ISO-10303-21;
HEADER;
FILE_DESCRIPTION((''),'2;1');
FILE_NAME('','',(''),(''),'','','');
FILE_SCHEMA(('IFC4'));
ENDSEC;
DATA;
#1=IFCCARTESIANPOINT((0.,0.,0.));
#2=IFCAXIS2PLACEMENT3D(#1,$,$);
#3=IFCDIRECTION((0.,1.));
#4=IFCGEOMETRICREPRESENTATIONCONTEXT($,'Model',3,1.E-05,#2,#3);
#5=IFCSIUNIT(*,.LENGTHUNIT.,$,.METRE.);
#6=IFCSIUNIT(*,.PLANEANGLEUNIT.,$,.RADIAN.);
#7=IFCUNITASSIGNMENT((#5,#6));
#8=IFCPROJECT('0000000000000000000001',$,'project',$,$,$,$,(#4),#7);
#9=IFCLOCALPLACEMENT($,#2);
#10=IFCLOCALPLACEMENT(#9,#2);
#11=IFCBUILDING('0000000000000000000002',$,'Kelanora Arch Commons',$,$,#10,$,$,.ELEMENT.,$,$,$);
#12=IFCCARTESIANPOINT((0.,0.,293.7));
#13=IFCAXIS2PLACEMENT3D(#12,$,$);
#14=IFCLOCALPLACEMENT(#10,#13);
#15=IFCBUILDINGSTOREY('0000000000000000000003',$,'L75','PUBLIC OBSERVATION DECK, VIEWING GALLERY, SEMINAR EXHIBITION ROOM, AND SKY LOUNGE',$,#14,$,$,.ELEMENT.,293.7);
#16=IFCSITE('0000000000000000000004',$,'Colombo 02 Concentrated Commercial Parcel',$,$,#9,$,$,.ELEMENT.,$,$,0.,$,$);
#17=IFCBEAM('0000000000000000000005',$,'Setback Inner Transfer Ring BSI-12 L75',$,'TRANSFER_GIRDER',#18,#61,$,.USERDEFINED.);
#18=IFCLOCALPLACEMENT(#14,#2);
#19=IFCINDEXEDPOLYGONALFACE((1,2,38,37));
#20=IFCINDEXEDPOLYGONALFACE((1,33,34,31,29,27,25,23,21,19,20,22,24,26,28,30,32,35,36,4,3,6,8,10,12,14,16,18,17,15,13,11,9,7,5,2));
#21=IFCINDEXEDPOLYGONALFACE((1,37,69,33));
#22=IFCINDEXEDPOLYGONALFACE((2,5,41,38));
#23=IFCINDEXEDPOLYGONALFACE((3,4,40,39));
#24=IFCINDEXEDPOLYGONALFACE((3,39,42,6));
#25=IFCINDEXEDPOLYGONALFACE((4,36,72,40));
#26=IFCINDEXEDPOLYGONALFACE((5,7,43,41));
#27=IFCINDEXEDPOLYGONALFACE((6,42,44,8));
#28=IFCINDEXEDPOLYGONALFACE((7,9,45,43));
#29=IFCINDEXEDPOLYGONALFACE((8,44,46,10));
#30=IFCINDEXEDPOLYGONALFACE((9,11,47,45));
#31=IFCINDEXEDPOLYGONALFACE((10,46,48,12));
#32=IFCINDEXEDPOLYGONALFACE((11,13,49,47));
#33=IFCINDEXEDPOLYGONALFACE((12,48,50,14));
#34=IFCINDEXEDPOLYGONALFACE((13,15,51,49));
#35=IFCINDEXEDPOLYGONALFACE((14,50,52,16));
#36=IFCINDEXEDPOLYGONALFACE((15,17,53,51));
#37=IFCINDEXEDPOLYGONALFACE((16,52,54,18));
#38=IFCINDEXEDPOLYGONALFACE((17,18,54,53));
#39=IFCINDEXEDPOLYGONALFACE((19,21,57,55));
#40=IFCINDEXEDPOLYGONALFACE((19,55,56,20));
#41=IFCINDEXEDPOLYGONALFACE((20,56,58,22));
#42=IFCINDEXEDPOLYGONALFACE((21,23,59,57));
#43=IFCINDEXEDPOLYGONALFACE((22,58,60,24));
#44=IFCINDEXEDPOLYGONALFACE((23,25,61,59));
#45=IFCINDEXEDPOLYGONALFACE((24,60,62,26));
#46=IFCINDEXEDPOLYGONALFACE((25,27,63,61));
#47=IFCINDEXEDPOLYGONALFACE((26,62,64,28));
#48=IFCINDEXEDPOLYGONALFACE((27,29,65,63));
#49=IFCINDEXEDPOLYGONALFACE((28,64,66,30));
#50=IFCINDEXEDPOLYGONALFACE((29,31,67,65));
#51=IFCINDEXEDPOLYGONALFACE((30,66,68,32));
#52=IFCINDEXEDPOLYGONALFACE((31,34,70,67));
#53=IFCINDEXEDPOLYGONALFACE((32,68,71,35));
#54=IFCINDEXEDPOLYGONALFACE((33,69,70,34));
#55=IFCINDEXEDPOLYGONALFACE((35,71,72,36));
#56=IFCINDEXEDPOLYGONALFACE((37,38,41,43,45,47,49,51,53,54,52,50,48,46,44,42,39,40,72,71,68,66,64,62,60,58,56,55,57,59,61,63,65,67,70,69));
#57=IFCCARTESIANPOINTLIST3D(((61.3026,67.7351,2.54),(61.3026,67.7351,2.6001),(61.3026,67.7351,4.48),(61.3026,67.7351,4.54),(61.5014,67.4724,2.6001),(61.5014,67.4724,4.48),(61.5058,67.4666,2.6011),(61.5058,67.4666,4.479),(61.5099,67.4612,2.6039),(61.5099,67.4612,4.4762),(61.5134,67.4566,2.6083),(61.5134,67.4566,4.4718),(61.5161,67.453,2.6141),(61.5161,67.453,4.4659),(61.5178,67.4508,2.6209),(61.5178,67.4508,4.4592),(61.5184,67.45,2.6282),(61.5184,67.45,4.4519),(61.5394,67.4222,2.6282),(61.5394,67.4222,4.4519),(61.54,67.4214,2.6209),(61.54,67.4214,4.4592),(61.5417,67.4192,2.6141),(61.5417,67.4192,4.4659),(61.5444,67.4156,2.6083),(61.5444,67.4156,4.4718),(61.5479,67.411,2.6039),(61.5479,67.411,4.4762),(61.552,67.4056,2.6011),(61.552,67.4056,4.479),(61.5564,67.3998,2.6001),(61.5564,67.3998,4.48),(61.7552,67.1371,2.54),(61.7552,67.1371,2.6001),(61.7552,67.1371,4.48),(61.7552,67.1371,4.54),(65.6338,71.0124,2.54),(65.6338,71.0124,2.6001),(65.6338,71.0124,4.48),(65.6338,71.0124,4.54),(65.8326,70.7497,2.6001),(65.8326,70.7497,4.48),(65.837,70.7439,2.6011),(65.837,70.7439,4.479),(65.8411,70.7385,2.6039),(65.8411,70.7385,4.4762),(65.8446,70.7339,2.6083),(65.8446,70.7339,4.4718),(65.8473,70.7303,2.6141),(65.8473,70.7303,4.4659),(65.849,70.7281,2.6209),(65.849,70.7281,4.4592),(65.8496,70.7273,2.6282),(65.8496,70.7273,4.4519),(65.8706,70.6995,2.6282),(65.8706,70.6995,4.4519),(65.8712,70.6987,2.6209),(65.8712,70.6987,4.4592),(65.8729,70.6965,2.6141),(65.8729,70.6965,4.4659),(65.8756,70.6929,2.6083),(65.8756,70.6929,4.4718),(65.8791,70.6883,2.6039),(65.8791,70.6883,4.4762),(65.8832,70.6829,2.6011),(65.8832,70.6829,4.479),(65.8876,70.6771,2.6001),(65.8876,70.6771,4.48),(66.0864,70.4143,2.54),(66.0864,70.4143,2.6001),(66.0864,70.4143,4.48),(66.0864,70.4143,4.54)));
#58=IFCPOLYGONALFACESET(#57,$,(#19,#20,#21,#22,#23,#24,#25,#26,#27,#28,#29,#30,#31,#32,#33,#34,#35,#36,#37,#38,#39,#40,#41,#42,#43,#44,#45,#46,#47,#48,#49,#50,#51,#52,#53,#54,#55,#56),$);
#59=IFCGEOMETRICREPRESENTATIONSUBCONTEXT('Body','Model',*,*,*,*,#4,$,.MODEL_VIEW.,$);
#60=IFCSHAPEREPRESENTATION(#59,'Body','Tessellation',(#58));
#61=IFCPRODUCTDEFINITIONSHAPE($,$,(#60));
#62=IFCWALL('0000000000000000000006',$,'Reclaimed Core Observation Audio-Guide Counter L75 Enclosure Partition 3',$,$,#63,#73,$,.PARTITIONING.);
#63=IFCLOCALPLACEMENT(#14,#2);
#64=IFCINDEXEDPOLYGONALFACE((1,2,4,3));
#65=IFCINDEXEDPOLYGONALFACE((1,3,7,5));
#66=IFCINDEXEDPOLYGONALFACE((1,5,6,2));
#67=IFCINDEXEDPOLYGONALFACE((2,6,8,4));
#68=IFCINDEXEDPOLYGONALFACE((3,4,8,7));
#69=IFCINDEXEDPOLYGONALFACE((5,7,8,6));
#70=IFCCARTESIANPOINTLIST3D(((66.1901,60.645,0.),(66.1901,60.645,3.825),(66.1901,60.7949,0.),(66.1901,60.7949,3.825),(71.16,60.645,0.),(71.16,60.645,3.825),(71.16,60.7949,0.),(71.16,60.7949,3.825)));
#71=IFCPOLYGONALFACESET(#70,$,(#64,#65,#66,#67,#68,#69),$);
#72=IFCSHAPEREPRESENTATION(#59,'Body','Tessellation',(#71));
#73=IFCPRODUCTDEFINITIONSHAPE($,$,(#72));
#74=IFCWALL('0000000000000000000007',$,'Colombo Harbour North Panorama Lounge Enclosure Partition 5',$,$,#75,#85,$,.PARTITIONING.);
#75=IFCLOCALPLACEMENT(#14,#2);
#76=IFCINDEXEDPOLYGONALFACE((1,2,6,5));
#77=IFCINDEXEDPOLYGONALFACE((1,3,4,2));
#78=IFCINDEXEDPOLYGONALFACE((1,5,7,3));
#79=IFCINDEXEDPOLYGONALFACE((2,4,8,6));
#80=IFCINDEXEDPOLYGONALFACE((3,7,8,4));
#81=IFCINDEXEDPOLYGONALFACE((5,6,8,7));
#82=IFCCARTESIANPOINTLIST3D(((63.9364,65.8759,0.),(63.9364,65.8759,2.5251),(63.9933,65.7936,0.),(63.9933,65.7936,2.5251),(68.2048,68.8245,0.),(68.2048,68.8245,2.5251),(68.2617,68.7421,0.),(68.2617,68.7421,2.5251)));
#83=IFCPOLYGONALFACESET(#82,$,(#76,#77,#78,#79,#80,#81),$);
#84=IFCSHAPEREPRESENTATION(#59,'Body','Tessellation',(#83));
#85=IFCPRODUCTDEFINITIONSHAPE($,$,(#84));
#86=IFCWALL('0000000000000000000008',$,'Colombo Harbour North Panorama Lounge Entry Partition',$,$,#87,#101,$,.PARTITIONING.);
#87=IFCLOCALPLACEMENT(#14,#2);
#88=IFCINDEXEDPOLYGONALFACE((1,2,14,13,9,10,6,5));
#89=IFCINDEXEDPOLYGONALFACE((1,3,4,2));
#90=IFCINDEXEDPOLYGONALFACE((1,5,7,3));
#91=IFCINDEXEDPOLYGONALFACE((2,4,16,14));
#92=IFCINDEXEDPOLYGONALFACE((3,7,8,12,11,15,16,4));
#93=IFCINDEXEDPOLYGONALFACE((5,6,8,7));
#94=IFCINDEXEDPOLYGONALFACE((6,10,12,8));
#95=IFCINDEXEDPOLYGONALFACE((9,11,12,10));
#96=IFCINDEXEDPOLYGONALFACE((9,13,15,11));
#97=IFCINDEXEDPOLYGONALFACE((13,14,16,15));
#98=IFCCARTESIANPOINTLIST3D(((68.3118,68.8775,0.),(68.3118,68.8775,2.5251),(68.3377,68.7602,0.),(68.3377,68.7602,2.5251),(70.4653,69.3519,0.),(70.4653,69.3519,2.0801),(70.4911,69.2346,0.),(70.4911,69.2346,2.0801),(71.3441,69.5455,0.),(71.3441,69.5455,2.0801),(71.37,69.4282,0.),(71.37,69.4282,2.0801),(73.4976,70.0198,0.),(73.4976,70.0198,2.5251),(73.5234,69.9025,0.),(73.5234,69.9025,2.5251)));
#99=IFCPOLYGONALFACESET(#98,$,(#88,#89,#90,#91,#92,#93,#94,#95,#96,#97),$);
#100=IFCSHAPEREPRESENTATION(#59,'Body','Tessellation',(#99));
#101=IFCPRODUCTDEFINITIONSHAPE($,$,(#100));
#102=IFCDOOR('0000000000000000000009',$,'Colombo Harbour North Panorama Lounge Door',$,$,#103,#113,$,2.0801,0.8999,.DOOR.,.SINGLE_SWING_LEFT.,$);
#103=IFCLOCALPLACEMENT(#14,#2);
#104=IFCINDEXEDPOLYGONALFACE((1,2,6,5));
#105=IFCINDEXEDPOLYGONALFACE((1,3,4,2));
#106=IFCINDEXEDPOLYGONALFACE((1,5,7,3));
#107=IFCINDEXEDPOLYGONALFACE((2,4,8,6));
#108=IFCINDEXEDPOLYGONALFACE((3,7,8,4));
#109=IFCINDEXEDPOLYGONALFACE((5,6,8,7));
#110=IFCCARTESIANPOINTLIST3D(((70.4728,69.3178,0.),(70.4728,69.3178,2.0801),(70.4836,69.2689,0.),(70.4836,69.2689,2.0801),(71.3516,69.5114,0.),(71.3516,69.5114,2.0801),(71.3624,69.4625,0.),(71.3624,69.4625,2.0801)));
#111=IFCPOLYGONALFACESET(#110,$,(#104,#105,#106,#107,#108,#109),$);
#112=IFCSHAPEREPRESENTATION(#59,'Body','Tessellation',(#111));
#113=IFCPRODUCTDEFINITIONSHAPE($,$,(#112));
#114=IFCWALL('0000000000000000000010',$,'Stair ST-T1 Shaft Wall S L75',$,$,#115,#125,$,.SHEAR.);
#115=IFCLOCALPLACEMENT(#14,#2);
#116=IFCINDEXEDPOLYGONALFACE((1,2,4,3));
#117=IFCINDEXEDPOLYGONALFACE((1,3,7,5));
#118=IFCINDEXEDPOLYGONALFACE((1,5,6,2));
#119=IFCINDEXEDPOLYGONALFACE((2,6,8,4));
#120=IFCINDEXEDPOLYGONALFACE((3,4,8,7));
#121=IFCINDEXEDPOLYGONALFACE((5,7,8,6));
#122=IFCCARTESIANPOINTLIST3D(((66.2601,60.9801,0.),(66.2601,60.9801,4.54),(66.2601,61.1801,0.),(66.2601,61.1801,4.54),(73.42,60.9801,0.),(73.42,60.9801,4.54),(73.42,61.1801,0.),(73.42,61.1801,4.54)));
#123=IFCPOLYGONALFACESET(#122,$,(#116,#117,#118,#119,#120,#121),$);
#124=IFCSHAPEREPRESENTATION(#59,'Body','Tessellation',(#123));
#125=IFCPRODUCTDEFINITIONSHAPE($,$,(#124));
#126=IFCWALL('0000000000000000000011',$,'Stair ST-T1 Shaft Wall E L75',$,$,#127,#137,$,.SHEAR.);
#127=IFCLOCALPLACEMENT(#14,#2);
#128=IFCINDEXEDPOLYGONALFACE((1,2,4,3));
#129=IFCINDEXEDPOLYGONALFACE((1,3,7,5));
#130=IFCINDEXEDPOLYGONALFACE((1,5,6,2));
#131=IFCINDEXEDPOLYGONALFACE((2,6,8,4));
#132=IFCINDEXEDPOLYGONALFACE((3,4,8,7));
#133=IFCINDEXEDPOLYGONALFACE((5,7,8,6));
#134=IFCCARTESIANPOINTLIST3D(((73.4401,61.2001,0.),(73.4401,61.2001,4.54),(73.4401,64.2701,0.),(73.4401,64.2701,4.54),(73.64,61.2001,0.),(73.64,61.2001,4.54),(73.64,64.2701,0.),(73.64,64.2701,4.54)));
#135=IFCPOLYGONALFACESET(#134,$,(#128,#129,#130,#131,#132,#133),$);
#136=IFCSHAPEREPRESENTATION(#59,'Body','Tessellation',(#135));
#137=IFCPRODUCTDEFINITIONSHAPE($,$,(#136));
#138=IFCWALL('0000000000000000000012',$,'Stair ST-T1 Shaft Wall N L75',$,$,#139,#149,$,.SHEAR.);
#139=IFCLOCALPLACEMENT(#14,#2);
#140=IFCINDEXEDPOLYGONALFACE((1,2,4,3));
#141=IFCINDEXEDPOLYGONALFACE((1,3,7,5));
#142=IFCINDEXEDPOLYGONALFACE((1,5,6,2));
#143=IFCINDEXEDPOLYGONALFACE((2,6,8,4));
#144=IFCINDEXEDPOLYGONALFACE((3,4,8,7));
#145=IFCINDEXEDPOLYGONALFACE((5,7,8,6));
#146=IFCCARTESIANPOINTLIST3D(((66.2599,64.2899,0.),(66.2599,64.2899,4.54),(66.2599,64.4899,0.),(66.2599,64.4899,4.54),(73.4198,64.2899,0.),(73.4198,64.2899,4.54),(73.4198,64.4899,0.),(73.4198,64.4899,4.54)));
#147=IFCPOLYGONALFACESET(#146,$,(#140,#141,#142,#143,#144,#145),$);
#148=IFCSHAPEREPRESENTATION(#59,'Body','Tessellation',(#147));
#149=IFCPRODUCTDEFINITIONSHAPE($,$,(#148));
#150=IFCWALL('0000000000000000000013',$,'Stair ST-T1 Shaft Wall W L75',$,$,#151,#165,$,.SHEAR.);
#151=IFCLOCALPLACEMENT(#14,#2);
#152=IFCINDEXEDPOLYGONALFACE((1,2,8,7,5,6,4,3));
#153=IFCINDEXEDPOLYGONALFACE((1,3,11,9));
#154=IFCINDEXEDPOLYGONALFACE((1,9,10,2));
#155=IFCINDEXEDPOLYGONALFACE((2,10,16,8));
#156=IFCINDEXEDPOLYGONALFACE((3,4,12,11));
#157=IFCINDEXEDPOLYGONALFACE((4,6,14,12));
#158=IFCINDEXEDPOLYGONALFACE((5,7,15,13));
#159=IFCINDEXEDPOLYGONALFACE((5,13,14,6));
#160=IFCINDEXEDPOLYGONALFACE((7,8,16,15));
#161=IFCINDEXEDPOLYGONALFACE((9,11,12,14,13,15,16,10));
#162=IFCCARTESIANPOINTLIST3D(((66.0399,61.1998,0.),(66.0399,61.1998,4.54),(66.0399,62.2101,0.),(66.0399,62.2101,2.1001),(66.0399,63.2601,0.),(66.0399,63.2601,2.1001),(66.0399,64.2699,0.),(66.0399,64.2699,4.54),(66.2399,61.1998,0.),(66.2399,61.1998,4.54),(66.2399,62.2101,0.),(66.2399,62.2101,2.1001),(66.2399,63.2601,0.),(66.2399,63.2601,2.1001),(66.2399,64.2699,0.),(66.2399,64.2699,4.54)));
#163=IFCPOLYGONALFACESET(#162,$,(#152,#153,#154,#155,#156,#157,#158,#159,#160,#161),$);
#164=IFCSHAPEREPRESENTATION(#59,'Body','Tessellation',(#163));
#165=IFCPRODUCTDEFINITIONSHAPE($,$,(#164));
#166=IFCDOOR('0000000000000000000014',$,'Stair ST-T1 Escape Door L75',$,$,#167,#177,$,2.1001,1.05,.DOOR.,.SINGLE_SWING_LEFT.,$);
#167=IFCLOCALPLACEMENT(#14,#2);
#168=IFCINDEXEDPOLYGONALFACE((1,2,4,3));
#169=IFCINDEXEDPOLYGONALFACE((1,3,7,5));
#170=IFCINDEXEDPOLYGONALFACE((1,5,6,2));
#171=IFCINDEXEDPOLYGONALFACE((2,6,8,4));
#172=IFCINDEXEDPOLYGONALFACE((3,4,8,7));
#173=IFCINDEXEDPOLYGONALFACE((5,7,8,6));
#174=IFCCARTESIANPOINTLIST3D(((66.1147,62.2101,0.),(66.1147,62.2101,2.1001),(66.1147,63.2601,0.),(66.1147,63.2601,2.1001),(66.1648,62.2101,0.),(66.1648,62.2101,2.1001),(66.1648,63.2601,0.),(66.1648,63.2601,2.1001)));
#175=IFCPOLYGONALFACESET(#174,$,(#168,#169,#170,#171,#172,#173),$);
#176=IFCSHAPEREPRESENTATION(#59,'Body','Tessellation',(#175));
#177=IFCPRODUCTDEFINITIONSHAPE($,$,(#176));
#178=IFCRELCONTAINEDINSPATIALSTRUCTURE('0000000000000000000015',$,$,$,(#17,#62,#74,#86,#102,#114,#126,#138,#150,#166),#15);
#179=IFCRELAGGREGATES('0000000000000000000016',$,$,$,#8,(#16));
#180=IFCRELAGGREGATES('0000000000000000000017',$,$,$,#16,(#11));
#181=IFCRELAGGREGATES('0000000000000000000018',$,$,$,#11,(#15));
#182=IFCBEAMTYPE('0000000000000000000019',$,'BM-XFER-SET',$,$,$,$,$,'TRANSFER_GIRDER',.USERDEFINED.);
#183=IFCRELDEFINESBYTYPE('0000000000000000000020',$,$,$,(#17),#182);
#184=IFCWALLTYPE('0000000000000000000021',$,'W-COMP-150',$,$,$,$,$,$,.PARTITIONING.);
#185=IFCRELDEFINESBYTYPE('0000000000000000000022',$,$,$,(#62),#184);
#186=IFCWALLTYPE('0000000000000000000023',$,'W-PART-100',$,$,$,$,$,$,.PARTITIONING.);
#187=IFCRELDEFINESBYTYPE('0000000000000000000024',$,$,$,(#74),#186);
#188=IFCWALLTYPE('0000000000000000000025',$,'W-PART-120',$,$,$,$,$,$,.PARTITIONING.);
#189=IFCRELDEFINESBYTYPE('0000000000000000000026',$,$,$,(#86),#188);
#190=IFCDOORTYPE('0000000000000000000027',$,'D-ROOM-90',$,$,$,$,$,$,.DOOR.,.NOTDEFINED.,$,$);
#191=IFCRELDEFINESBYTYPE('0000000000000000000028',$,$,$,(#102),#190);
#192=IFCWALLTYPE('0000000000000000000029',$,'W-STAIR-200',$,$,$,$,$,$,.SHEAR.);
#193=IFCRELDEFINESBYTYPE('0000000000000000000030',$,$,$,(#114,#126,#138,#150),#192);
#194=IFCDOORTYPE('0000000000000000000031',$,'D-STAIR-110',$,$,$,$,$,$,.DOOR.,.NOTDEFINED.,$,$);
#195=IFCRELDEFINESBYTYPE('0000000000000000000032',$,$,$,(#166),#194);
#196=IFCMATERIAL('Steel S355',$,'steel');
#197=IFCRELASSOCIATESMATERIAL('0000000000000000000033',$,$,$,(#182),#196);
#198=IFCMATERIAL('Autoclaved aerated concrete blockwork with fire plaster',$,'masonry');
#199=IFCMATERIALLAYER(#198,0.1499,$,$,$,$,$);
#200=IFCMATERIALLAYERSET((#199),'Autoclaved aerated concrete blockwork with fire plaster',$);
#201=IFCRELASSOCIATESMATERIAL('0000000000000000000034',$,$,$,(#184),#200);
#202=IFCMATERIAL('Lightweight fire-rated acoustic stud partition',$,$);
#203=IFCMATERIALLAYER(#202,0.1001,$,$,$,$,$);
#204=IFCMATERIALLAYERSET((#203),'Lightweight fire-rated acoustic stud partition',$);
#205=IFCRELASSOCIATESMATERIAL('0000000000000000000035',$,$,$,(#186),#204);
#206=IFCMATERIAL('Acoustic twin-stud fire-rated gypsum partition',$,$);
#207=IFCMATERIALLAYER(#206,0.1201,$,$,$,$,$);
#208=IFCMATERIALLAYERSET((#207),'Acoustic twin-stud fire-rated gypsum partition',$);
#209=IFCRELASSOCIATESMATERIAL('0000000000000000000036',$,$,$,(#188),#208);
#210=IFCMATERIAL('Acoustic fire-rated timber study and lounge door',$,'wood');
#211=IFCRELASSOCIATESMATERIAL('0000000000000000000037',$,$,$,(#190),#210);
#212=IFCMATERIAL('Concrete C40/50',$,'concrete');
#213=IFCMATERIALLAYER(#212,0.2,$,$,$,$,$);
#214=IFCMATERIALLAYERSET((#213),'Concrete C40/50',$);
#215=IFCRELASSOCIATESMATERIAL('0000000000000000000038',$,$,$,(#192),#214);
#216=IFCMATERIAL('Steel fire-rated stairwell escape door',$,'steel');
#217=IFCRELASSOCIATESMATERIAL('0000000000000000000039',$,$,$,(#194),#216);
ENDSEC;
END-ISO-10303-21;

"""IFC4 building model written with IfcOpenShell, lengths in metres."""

from ifc_helpers import new_model, si_unit, direction, frame, frame_2d, origin, origin_2d, place, context, subcontext, project, spatial, rectangle, i_section, extrude, material, layer, layer_set, material_profile, profile_set, type_object, element, fill, save


model = new_model("IFC4")

# Units and contexts
model_context = context("Model", 3, precision=1e-05, world=origin(), true_north=direction((0.0, 1.0)))
body_context = subcontext(model_context, "Body", "Model", "MODEL_VIEW")
ifc_project = project(units=[si_unit("LENGTHUNIT", "METRE"), si_unit("PLANEANGLEUNIT", "RADIAN")], contexts=[model_context])

# Site, building, storey
site_placement = place(None, origin())
site = spatial("IfcSite", under=ifc_project, at=site_placement, Name="Colombo 02 Concentrated Commercial Parcel", CompositionType="ELEMENT", RefElevation=0.0)
building_placement = place(site_placement, origin())
building = spatial("IfcBuilding", under=site, at=building_placement, Name="Kelanora Arch Commons", CompositionType="ELEMENT")
storey_placement = place(building_placement, frame((0.0, 0.0, 293.7)))
storey = spatial("IfcBuildingStorey", under=building, at=storey_placement, Name="L75", Description="PUBLIC OBSERVATION DECK, VIEWING GALLERY, SEMINAR EXHIBITION ROOM, AND SKY LOUNGE", CompositionType="ELEMENT", Elevation=293.7)

# Beam
ifc_material_1 = material(Name="Steel S355", Category="steel")
ifc_material_profile_1 = material_profile(ifc_material_1, i_section(OverallWidth=0.75, OverallDepth=2.0, WebThickness=0.0349, FlangeThickness=0.0601, FilletRadius=0.0281, at=origin_2d()), Name="PG2000x750")
ifc_profile_set_1 = profile_set([ifc_material_profile_1], Name="Steel S355")
beam_type_1 = type_object("IfcBeamType", Name="BM-XFER-SET", ElementType="TRANSFER_GIRDER", PredefinedType="USERDEFINED", material=ifc_profile_set_1)
beam_1_placement = place(storey_placement, frame((65.8601, 70.7134, 3.54), z_axis=(-0.797441, -0.603396, 0.0), x_axis=(0.603396, -0.797441, 0.0)))
element("IfcBeam", 1, at=beam_1_placement, inside=storey, type_object=beam_type_1, Name="Setback Inner Transfer Ring BSI-12 L75", ObjectType="TRANSFER_GIRDER", PredefinedType="USERDEFINED", context=body_context, shape_type="SweptSolid", body=[
    extrude(i_section(OverallWidth=0.75, OverallDepth=2.0, WebThickness=0.0349, FlangeThickness=0.0601, FilletRadius=0.0281, at=origin_2d()), origin(), (0.0, 0.0, 1.0), 5.4314),
])

# Walls
ifc_material_2 = material(Name="Autoclaved aerated concrete blockwork with fire plaster", Category="masonry")
ifc_layer_1 = layer(ifc_material_2, 0.1499)
ifc_layer_set_1 = layer_set([ifc_layer_1], Name="Autoclaved aerated concrete blockwork with fire plaster")
wall_type_1 = type_object("IfcWallType", Name="W-COMP-150", PredefinedType="PARTITIONING", material=ifc_layer_set_1)
wall_1_placement = place(storey_placement, frame((71.1599, 60.72, 0.0), z_axis=(0.0, 0.0, 1.0), x_axis=(-1.0, 0.0, 0.0)))
element("IfcWall", 2, at=wall_1_placement, inside=storey, type_object=wall_type_1, Name="Reclaimed Core Observation Audio-Guide Counter L75 Enclosure Partition 3", PredefinedType="PARTITIONING", context=body_context, shape_type="SweptSolid", body=[
    extrude(rectangle(XDim=4.97, YDim=0.1499, at=frame_2d((2.4849, 0.0))), origin(), (0.0, 0.0, 1.0), 3.825),
])
ifc_material_3 = material(Name="Lightweight fire-rated acoustic stud partition")
ifc_layer_2 = layer(ifc_material_3, 0.1001)
ifc_layer_set_2 = layer_set([ifc_layer_2], Name="Lightweight fire-rated acoustic stud partition")
wall_type_2 = type_object("IfcWallType", Name="W-PART-100", PredefinedType="PARTITIONING", material=ifc_layer_set_2)
wall_2_placement = place(storey_placement, frame((68.2332, 68.7832, 0.0), z_axis=(0.0, 0.0, 1.0), x_axis=(-0.822778, -0.568363, 0.0)))
element("IfcWall", 3, at=wall_2_placement, inside=storey, type_object=wall_type_2, Name="Colombo Harbour North Panorama Lounge Enclosure Partition 5", PredefinedType="PARTITIONING", context=body_context, shape_type="SweptSolid", body=[
    extrude(rectangle(XDim=5.1877, YDim=0.1001, at=frame_2d((2.5938, 0.0))), origin(), (0.0, 0.0, 1.0), 2.5251),
])

# Wall, opening, door
ifc_material_4 = material(Name="Acoustic twin-stud fire-rated gypsum partition")
ifc_layer_3 = layer(ifc_material_4, 0.1201)
ifc_layer_set_3 = layer_set([ifc_layer_3], Name="Acoustic twin-stud fire-rated gypsum partition")
wall_type_3 = type_object("IfcWallType", Name="W-PART-120", PredefinedType="PARTITIONING", material=ifc_layer_set_3)
wall_3_placement = place(storey_placement, frame((73.5105, 69.9612, 0.0), z_axis=(0.0, 0.0, 1.0), x_axis=(-0.976587, -0.215124, 0.0)))
wall_3 = element("IfcWall", 4, at=wall_3_placement, inside=storey, type_object=wall_type_3, Name="Colombo Harbour North Panorama Lounge Entry Partition", PredefinedType="PARTITIONING", context=body_context, shape_type="SweptSolid", body=[
    extrude(rectangle(XDim=5.3101, YDim=0.1201, at=frame_2d((2.655, 0.0))), origin(), (0.0, 0.0, 1.0), 2.5251),
])
opening_1_placement = place(wall_3_placement, frame((2.2051, 0.0, 0.0)))
opening_1 = element("IfcOpeningElement", 5, at=opening_1_placement, cuts=wall_3, PredefinedType="OPENING", context=body_context, shape_type="SweptSolid", body=[
    extrude(rectangle(XDim=0.8999, YDim=2.0801, at=frame_2d((0.45, 1.04))), frame((0.0, 0.0701, 0.0), z_axis=(0.0, -1.0, 0.0), x_axis=(1.0, 0.0, 0.0)), (0.0, 0.0, 1.0), 0.1401),
])
ifc_material_5 = material(Name="Acoustic fire-rated timber study and lounge door", Category="wood")
door_type_1 = type_object("IfcDoorType", Name="D-ROOM-90", OperationType="NOTDEFINED", PredefinedType="DOOR", material=ifc_material_5)
door_1_placement = place(opening_1_placement, origin())
door_1 = element("IfcDoor", 6, at=door_1_placement, inside=storey, type_object=door_type_1, Name="Colombo Harbour North Panorama Lounge Door", OperationType="SINGLE_SWING_LEFT", OverallHeight=2.0801, OverallWidth=0.8999, PredefinedType="DOOR", context=body_context, shape_type="SweptSolid", body=[
    extrude(rectangle(XDim=0.8999, YDim=2.0801, at=frame_2d((0.45, 1.04))), frame((0.0, 0.0249, 0.0), z_axis=(0.0, -1.0, 0.0), x_axis=(1.0, 0.0, 0.0)), (0.0, 0.0, 1.0), 0.05),
])
fill(opening_1, door_1)

# Walls
ifc_material_6 = material(Name="Concrete C40/50", Category="concrete")
ifc_layer_4 = layer(ifc_material_6, 0.2)
ifc_layer_set_4 = layer_set([ifc_layer_4], Name="Concrete C40/50")
wall_type_4 = type_object("IfcWallType", Name="W-STAIR-200", PredefinedType="SHEAR", material=ifc_layer_set_4)
wall_4_placement = place(storey_placement, frame((66.26, 61.0801, 0.0), z_axis=(0.0, 0.0, 1.0), x_axis=(1.0, 0.0, 0.0)))
element("IfcWall", 7, at=wall_4_placement, inside=storey, type_object=wall_type_4, Name="Stair ST-T1 Shaft Wall S L75", PredefinedType="SHEAR", context=body_context, shape_type="SweptSolid", body=[
    extrude(rectangle(XDim=7.1599, YDim=0.2, at=frame_2d((3.5801, 0.0))), origin(), (0.0, 0.0, 1.0), 4.54),
])
wall_5_placement = place(storey_placement, frame((73.54, 61.2, 0.0), z_axis=(0.0, 0.0, 1.0), x_axis=(0.0, 1.0, 0.0)))
element("IfcWall", 8, at=wall_5_placement, inside=storey, type_object=wall_type_4, Name="Stair ST-T1 Shaft Wall E L75", PredefinedType="SHEAR", context=body_context, shape_type="SweptSolid", body=[
    extrude(rectangle(XDim=3.0701, YDim=0.2, at=frame_2d((1.5352, 0.0))), origin(), (0.0, 0.0, 1.0), 4.54),
])
wall_6_placement = place(storey_placement, frame((73.4199, 64.3899, 0.0), z_axis=(0.0, 0.0, 1.0), x_axis=(-1.0, 0.0, 0.0)))
element("IfcWall", 9, at=wall_6_placement, inside=storey, type_object=wall_type_4, Name="Stair ST-T1 Shaft Wall N L75", PredefinedType="SHEAR", context=body_context, shape_type="SweptSolid", body=[
    extrude(rectangle(XDim=7.1599, YDim=0.2, at=frame_2d((3.5801, 0.0))), origin(), (0.0, 0.0, 1.0), 4.54),
])

# Wall, opening, door
wall_7_placement = place(storey_placement, frame((66.1399, 64.27, 0.0), z_axis=(0.0, 0.0, 1.0), x_axis=(0.0, -1.0, 0.0)))
wall_7 = element("IfcWall", 10, at=wall_7_placement, inside=storey, type_object=wall_type_4, Name="Stair ST-T1 Shaft Wall W L75", PredefinedType="SHEAR", context=body_context, shape_type="SweptSolid", body=[
    extrude(rectangle(XDim=3.0701, YDim=0.2, at=frame_2d((1.5352, 0.0))), origin(), (0.0, 0.0, 1.0), 4.54),
])
opening_2_placement = place(wall_7_placement, frame((1.01, 0.0, 0.0)))
opening_2 = element("IfcOpeningElement", 11, at=opening_2_placement, cuts=wall_7, PredefinedType="OPENING", context=body_context, shape_type="SweptSolid", body=[
    extrude(rectangle(XDim=1.05, YDim=2.1001, at=frame_2d((0.5249, 1.05))), frame((0.0, 0.1099, 0.0), z_axis=(0.0, -1.0, 0.0), x_axis=(1.0, 0.0, 0.0)), (0.0, 0.0, 1.0), 0.22),
])
ifc_material_7 = material(Name="Steel fire-rated stairwell escape door", Category="steel")
door_type_2 = type_object("IfcDoorType", Name="D-STAIR-110", OperationType="NOTDEFINED", PredefinedType="DOOR", material=ifc_material_7)
door_2_placement = place(opening_2_placement, origin())
door_2 = element("IfcDoor", 12, at=door_2_placement, inside=storey, type_object=door_type_2, Name="Stair ST-T1 Escape Door L75", OperationType="SINGLE_SWING_LEFT", OverallHeight=2.1001, OverallWidth=1.05, PredefinedType="DOOR", context=body_context, shape_type="SweptSolid", body=[
    extrude(rectangle(XDim=1.05, YDim=2.1001, at=frame_2d((0.5249, 1.05))), frame((0.0, 0.0249, 0.0), z_axis=(0.0, -1.0, 0.0), x_axis=(1.0, 0.0, 0.0)), (0.0, 0.0, 1.0), 0.05),
])
fill(opening_2, door_2)

save(model, "model.ifc")
